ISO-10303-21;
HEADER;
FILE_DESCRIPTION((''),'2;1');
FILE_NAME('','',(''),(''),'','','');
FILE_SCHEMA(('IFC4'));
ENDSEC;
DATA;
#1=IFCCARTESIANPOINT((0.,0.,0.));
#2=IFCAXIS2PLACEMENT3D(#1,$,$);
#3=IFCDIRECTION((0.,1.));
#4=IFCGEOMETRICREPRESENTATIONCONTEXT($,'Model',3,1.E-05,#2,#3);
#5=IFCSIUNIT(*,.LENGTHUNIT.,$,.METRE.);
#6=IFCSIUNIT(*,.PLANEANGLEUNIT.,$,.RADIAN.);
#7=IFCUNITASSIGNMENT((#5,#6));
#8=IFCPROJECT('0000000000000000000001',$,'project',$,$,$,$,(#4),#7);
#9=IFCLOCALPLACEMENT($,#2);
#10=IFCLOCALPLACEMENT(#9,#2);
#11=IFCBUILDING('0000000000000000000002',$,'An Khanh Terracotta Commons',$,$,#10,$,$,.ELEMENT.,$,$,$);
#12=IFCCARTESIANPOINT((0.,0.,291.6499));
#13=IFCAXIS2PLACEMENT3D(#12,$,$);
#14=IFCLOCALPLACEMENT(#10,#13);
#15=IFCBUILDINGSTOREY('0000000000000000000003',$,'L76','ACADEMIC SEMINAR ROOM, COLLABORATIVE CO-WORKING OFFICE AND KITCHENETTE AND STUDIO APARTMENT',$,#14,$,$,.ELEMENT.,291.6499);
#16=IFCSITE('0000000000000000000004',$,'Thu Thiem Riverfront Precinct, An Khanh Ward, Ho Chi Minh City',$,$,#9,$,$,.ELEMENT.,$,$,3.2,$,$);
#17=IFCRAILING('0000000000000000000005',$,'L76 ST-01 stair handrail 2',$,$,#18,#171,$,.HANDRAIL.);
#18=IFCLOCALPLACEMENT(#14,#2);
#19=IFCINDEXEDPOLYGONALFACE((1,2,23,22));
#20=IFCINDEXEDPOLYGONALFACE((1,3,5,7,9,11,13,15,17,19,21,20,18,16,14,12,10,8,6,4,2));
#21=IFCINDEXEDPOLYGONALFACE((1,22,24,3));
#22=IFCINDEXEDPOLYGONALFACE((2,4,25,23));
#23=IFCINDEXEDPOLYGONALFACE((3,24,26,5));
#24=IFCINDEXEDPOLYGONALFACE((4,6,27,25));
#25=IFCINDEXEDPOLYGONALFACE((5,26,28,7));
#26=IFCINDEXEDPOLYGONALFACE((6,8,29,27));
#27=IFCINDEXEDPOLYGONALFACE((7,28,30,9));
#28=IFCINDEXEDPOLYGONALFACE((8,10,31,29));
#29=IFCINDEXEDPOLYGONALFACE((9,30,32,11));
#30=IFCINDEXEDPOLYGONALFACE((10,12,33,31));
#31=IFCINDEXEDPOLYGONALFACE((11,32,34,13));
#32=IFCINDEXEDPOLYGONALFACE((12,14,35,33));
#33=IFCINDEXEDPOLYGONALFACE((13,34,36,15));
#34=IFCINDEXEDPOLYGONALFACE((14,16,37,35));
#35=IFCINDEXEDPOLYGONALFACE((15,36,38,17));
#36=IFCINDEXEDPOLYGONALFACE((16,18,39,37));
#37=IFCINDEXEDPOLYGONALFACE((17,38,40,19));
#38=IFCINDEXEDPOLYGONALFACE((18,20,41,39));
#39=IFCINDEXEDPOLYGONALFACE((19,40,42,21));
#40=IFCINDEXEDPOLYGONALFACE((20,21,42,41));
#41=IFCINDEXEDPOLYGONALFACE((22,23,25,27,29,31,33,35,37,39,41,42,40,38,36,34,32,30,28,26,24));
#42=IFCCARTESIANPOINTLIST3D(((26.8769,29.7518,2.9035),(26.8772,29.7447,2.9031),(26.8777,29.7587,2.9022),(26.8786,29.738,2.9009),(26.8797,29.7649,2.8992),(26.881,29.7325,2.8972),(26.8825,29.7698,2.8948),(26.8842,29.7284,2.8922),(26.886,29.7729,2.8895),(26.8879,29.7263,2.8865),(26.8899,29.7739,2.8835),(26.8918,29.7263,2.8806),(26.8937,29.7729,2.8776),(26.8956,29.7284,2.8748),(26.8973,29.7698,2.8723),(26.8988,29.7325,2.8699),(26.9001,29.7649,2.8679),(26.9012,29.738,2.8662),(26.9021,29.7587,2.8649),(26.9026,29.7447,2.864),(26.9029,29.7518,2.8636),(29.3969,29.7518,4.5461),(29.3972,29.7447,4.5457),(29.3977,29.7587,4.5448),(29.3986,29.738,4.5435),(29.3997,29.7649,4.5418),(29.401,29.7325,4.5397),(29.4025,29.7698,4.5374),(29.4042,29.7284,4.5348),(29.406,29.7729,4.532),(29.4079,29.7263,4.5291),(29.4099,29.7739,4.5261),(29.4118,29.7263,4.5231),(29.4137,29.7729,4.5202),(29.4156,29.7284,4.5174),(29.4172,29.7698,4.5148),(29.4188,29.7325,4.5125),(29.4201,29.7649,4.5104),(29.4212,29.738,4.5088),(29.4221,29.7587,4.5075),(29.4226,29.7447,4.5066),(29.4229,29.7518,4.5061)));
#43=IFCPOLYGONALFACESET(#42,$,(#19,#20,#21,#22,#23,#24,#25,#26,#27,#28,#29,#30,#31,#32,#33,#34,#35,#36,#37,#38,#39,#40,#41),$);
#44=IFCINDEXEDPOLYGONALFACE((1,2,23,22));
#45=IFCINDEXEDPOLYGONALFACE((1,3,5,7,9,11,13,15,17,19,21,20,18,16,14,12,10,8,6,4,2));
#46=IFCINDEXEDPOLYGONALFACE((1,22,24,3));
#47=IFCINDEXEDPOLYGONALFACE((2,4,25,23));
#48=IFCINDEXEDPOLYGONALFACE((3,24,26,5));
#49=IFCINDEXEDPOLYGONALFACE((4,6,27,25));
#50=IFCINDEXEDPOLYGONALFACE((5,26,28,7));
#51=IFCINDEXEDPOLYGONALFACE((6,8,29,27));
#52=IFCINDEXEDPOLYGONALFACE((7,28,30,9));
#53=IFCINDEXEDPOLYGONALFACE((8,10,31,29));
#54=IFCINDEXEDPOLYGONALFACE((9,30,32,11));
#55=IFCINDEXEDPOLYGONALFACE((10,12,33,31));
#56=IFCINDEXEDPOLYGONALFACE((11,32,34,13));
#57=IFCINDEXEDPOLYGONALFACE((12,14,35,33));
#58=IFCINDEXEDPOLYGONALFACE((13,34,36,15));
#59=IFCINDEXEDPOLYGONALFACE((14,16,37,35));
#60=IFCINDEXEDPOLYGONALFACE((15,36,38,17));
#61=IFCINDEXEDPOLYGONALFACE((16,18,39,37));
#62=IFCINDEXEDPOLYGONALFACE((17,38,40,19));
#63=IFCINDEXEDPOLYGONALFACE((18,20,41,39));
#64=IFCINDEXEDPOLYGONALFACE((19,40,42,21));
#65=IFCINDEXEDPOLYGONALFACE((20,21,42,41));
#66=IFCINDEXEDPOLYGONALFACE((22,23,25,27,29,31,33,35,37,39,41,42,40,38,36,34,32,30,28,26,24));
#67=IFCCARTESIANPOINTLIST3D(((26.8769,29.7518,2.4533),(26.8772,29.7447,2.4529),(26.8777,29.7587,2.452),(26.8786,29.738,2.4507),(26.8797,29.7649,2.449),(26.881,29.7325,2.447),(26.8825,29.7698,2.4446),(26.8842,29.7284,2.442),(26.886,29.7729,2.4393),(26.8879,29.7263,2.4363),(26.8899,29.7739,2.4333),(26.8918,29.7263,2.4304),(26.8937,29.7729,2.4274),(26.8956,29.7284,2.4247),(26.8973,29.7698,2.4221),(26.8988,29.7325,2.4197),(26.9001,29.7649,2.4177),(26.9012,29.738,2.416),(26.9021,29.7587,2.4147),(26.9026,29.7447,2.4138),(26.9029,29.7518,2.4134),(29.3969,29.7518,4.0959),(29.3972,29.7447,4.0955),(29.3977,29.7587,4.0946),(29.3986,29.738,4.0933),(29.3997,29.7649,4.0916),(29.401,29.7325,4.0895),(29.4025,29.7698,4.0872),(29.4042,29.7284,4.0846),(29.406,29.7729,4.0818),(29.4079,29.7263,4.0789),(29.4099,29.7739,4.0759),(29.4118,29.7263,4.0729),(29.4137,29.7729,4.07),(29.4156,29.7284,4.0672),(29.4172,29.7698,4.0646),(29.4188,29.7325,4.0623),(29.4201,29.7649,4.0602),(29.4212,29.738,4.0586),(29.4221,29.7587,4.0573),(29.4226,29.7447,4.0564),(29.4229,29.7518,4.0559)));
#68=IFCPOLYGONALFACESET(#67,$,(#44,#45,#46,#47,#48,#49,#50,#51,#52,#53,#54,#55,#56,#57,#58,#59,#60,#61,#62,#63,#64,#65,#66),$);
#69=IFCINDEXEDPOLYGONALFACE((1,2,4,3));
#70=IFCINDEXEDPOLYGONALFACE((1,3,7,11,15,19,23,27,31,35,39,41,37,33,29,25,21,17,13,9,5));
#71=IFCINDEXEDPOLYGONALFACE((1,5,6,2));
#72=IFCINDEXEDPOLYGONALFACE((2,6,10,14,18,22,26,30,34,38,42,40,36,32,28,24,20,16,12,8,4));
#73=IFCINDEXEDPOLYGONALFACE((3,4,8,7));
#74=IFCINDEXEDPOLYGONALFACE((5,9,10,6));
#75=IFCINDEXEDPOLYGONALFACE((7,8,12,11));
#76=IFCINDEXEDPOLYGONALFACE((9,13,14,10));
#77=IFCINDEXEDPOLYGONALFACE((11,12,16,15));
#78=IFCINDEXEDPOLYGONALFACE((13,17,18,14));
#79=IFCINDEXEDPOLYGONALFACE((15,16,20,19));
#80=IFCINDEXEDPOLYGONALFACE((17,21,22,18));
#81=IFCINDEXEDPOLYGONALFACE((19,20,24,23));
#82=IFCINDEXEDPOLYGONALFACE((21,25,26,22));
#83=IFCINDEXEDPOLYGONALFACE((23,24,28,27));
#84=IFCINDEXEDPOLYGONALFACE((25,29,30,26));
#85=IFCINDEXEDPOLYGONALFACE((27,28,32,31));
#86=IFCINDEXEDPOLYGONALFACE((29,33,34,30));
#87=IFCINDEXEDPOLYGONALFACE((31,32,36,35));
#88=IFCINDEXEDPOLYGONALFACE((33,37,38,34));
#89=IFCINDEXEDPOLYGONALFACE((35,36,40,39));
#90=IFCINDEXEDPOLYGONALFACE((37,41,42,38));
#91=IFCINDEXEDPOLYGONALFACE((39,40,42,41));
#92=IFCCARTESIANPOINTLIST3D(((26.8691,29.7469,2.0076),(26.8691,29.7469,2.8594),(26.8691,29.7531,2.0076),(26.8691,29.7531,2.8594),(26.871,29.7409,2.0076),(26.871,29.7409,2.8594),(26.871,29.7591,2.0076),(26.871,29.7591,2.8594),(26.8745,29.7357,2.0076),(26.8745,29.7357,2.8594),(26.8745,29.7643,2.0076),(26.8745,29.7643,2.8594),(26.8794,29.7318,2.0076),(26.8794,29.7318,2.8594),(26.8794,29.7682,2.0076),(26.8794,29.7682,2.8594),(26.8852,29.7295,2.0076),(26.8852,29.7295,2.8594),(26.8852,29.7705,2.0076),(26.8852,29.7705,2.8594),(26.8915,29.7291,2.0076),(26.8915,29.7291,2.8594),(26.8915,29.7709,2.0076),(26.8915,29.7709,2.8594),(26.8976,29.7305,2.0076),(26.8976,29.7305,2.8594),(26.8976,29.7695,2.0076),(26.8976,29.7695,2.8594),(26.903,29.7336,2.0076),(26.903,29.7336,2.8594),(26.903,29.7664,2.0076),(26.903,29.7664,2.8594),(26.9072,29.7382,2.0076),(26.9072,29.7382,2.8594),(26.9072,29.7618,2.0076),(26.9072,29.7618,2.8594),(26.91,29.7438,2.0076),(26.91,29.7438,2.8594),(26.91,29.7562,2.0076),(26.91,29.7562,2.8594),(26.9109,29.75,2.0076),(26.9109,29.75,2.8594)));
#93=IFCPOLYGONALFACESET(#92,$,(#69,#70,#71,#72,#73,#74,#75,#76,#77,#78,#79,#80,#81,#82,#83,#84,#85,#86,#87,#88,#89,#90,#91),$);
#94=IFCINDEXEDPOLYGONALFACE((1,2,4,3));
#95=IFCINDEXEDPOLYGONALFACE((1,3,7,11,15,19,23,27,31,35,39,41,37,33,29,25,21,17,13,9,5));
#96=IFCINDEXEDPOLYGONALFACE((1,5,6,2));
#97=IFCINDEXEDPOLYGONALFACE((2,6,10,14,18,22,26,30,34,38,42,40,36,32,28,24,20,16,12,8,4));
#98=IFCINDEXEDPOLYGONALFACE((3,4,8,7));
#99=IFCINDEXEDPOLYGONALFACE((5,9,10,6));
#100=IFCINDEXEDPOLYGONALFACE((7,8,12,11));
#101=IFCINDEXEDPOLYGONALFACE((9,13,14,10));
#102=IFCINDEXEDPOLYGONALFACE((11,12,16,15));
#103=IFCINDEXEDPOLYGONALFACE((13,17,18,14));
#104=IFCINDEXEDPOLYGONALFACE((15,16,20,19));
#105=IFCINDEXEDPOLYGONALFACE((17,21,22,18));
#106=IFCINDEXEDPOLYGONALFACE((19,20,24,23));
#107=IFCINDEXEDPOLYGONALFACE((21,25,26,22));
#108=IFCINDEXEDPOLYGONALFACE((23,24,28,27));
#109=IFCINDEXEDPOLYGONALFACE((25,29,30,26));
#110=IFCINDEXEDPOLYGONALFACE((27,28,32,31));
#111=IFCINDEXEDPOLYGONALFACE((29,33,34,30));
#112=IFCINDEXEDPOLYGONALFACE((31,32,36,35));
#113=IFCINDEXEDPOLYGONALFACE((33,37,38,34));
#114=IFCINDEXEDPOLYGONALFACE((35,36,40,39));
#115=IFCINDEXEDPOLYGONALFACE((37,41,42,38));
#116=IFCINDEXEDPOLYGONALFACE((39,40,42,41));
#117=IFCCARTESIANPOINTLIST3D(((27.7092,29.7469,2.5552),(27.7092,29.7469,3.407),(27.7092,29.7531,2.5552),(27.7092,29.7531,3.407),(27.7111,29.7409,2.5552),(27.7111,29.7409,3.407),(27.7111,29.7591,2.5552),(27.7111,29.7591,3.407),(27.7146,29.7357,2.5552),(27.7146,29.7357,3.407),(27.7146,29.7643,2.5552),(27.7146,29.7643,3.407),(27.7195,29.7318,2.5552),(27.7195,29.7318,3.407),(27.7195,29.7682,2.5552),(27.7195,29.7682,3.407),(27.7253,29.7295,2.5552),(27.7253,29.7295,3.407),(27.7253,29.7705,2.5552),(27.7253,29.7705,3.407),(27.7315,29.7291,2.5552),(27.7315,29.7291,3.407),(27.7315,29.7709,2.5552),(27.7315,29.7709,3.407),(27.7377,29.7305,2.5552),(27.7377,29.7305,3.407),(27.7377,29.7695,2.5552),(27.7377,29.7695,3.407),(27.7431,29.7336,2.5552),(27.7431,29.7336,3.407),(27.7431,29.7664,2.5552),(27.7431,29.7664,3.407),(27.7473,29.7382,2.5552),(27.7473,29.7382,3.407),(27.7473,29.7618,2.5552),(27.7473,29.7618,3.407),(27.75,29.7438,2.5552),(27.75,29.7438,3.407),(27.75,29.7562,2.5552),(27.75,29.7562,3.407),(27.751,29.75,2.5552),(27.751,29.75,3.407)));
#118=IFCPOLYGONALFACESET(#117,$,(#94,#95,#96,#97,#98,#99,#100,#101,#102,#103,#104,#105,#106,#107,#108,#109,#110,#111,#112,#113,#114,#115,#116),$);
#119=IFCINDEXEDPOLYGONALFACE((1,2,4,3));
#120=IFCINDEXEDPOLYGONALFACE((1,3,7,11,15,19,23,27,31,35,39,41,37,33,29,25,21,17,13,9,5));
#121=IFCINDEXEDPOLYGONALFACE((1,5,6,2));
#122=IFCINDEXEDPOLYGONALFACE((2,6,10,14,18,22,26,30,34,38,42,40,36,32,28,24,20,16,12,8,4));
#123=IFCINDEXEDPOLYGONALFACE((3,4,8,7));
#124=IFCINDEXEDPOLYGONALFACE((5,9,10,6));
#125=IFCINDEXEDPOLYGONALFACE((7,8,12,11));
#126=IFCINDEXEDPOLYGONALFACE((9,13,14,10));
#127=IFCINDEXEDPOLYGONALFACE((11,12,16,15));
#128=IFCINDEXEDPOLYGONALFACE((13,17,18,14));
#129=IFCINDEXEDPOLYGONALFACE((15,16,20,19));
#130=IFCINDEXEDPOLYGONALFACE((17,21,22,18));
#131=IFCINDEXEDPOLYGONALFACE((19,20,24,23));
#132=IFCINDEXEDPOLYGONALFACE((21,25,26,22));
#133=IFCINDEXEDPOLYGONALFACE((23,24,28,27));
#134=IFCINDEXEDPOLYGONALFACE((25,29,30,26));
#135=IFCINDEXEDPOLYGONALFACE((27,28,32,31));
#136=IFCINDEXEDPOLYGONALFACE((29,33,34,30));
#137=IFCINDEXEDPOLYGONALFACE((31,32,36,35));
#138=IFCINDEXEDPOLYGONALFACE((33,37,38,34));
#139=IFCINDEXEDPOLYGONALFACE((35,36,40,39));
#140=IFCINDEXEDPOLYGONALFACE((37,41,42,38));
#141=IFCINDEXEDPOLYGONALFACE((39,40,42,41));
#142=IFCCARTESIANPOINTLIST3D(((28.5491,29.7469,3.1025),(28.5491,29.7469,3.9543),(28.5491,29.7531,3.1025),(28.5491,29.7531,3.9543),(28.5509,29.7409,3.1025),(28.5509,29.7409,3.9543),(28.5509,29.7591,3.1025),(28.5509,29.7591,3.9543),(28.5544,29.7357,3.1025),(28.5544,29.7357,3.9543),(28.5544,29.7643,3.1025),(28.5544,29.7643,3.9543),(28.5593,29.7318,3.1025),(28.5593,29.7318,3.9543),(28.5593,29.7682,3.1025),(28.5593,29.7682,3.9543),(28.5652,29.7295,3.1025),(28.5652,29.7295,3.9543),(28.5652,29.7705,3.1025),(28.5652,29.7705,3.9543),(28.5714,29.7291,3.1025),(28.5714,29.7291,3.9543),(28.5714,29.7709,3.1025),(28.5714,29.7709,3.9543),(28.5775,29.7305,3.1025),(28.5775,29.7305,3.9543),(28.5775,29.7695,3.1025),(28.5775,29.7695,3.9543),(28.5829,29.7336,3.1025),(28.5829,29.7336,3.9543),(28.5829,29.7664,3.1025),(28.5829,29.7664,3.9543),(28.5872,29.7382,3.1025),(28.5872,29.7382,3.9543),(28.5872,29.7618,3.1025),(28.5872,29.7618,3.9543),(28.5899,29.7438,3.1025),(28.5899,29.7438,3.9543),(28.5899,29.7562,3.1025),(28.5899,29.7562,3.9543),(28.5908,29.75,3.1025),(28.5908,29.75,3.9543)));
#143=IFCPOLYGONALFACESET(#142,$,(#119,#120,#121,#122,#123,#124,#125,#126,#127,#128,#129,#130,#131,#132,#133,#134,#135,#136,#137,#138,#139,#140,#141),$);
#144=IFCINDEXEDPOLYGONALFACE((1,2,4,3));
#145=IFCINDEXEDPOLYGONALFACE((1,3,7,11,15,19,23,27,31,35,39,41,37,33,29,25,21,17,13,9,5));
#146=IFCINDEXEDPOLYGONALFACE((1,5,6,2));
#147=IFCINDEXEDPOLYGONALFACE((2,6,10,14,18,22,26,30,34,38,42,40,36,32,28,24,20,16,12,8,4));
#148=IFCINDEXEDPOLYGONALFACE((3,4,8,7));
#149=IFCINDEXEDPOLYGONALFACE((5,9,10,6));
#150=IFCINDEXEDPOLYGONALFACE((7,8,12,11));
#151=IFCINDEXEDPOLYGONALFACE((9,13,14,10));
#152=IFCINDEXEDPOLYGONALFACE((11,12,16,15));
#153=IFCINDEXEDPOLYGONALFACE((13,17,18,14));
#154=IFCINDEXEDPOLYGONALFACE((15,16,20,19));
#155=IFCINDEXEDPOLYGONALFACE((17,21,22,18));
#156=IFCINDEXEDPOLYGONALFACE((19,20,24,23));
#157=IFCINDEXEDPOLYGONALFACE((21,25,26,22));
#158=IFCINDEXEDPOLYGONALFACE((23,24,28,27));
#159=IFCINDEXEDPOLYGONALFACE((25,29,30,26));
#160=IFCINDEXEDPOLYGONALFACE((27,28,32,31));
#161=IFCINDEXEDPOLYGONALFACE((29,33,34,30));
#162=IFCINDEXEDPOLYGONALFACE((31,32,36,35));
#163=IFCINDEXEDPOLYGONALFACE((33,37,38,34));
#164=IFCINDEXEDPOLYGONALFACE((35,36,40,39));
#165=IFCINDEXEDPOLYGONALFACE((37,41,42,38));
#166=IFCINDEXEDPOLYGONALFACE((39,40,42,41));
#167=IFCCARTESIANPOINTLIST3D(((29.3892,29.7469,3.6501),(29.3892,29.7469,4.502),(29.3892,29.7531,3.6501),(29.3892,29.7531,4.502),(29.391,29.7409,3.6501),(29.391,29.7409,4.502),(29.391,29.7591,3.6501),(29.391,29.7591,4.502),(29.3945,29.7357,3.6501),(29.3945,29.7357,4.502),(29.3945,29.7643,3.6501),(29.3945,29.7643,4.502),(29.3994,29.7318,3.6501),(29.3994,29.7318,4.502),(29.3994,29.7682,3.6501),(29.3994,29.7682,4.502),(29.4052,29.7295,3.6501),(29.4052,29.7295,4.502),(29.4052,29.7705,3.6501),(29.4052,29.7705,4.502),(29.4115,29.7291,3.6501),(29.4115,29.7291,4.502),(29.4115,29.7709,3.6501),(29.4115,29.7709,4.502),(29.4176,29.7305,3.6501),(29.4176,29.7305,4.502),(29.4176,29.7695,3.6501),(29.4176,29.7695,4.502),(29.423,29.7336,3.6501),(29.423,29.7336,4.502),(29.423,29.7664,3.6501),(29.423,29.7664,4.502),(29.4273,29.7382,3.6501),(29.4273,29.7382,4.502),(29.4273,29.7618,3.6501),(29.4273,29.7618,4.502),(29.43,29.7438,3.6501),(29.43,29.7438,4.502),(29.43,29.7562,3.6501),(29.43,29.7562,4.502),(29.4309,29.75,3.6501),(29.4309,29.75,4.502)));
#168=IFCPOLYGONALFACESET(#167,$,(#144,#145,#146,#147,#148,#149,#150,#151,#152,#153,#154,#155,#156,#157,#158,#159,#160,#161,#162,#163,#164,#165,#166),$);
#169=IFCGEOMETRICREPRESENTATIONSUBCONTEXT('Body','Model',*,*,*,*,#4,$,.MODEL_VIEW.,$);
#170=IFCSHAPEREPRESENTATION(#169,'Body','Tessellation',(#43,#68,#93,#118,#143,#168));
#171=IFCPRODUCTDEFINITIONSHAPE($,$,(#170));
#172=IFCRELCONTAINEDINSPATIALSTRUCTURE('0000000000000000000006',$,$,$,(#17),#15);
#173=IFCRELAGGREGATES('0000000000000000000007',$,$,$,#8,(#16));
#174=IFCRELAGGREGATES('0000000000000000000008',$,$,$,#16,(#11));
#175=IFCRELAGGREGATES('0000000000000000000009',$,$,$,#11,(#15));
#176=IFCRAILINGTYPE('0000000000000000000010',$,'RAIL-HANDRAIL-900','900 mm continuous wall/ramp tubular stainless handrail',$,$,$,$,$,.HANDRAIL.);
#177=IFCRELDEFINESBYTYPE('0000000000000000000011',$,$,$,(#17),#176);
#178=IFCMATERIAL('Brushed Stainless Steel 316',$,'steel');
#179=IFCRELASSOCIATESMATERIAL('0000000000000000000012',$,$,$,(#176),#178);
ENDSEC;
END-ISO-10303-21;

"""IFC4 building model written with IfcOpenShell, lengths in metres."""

from ifc_helpers import new_model, si_unit, direction, frame, origin, origin_2d, place, context, subcontext, project, spatial, circle, extrude, material, type_object, element, save


model = new_model("IFC4")

# Units and contexts
model_context = context("Model", 3, precision=1e-05, world=origin(), true_north=direction((0.0, 1.0)))
body_context = subcontext(model_context, "Body", "Model", "MODEL_VIEW")
ifc_project = project(units=[si_unit("LENGTHUNIT", "METRE"), si_unit("PLANEANGLEUNIT", "RADIAN")], contexts=[model_context])

# Site, building, storey
site_placement = place(None, origin())
site = spatial("IfcSite", under=ifc_project, at=site_placement, Name="Thu Thiem Riverfront Precinct, An Khanh Ward, Ho Chi Minh City", CompositionType="ELEMENT", RefElevation=3.2)
building_placement = place(site_placement, origin())
building = spatial("IfcBuilding", under=site, at=building_placement, Name="An Khanh Terracotta Commons", CompositionType="ELEMENT")
storey_placement = place(building_placement, frame((0.0, 0.0, 291.6499)))
storey = spatial("IfcBuildingStorey", under=building, at=storey_placement, Name="L76", Description="ACADEMIC SEMINAR ROOM, COLLABORATIVE CO-WORKING OFFICE AND KITCHENETTE AND STUDIO APARTMENT", CompositionType="ELEMENT", Elevation=291.6499)

# Railing
ifc_material_1 = material(Name="Brushed Stainless Steel 316", Category="steel")
railing_type_1 = type_object("IfcRailingType", Name="RAIL-HANDRAIL-900", Description="900 mm continuous wall/ramp tubular stainless handrail", PredefinedType="HANDRAIL", material=ifc_material_1)
railing_1_placement = place(storey_placement, frame((26.8899, 29.75, 2.0076)))
element("IfcRailing", 1, at=railing_1_placement, inside=storey, type_object=railing_type_1, Name="L76 ST-01 stair handrail 2", PredefinedType="HANDRAIL", context=body_context, shape_type="SweptSolid", body=[
    extrude(circle(Radius=0.0239, at=origin_2d()), frame((0.0, 0.0, 0.876), z_axis=(0.837749, 0.0, 0.546055), x_axis=(0.0, 1.0, 0.0)), (0.0, 0.0, 1.0), 3.0081),
    extrude(circle(Radius=0.0239, at=origin_2d()), frame((0.0, 0.0, 0.4258), z_axis=(0.837749, 0.0, 0.546055), x_axis=(0.0, 1.0, 0.0)), (0.0, 0.0, 1.0), 3.0081),
    extrude(circle(Radius=0.021, at=origin_2d()), origin(), (0.0, 0.0, 1.0), 0.8518),
    extrude(circle(Radius=0.021, at=origin_2d()), frame((0.8401, 0.0, 0.5476)), (0.0, 0.0, 1.0), 0.8518),
    extrude(circle(Radius=0.021, at=origin_2d()), frame((1.6799, 0.0, 1.095)), (0.0, 0.0, 1.0), 0.8518),
    extrude(circle(Radius=0.021, at=origin_2d()), frame((2.52, 0.0, 1.6426)), (0.0, 0.0, 1.0), 0.8518),
])

save(model, "model.ifc")
